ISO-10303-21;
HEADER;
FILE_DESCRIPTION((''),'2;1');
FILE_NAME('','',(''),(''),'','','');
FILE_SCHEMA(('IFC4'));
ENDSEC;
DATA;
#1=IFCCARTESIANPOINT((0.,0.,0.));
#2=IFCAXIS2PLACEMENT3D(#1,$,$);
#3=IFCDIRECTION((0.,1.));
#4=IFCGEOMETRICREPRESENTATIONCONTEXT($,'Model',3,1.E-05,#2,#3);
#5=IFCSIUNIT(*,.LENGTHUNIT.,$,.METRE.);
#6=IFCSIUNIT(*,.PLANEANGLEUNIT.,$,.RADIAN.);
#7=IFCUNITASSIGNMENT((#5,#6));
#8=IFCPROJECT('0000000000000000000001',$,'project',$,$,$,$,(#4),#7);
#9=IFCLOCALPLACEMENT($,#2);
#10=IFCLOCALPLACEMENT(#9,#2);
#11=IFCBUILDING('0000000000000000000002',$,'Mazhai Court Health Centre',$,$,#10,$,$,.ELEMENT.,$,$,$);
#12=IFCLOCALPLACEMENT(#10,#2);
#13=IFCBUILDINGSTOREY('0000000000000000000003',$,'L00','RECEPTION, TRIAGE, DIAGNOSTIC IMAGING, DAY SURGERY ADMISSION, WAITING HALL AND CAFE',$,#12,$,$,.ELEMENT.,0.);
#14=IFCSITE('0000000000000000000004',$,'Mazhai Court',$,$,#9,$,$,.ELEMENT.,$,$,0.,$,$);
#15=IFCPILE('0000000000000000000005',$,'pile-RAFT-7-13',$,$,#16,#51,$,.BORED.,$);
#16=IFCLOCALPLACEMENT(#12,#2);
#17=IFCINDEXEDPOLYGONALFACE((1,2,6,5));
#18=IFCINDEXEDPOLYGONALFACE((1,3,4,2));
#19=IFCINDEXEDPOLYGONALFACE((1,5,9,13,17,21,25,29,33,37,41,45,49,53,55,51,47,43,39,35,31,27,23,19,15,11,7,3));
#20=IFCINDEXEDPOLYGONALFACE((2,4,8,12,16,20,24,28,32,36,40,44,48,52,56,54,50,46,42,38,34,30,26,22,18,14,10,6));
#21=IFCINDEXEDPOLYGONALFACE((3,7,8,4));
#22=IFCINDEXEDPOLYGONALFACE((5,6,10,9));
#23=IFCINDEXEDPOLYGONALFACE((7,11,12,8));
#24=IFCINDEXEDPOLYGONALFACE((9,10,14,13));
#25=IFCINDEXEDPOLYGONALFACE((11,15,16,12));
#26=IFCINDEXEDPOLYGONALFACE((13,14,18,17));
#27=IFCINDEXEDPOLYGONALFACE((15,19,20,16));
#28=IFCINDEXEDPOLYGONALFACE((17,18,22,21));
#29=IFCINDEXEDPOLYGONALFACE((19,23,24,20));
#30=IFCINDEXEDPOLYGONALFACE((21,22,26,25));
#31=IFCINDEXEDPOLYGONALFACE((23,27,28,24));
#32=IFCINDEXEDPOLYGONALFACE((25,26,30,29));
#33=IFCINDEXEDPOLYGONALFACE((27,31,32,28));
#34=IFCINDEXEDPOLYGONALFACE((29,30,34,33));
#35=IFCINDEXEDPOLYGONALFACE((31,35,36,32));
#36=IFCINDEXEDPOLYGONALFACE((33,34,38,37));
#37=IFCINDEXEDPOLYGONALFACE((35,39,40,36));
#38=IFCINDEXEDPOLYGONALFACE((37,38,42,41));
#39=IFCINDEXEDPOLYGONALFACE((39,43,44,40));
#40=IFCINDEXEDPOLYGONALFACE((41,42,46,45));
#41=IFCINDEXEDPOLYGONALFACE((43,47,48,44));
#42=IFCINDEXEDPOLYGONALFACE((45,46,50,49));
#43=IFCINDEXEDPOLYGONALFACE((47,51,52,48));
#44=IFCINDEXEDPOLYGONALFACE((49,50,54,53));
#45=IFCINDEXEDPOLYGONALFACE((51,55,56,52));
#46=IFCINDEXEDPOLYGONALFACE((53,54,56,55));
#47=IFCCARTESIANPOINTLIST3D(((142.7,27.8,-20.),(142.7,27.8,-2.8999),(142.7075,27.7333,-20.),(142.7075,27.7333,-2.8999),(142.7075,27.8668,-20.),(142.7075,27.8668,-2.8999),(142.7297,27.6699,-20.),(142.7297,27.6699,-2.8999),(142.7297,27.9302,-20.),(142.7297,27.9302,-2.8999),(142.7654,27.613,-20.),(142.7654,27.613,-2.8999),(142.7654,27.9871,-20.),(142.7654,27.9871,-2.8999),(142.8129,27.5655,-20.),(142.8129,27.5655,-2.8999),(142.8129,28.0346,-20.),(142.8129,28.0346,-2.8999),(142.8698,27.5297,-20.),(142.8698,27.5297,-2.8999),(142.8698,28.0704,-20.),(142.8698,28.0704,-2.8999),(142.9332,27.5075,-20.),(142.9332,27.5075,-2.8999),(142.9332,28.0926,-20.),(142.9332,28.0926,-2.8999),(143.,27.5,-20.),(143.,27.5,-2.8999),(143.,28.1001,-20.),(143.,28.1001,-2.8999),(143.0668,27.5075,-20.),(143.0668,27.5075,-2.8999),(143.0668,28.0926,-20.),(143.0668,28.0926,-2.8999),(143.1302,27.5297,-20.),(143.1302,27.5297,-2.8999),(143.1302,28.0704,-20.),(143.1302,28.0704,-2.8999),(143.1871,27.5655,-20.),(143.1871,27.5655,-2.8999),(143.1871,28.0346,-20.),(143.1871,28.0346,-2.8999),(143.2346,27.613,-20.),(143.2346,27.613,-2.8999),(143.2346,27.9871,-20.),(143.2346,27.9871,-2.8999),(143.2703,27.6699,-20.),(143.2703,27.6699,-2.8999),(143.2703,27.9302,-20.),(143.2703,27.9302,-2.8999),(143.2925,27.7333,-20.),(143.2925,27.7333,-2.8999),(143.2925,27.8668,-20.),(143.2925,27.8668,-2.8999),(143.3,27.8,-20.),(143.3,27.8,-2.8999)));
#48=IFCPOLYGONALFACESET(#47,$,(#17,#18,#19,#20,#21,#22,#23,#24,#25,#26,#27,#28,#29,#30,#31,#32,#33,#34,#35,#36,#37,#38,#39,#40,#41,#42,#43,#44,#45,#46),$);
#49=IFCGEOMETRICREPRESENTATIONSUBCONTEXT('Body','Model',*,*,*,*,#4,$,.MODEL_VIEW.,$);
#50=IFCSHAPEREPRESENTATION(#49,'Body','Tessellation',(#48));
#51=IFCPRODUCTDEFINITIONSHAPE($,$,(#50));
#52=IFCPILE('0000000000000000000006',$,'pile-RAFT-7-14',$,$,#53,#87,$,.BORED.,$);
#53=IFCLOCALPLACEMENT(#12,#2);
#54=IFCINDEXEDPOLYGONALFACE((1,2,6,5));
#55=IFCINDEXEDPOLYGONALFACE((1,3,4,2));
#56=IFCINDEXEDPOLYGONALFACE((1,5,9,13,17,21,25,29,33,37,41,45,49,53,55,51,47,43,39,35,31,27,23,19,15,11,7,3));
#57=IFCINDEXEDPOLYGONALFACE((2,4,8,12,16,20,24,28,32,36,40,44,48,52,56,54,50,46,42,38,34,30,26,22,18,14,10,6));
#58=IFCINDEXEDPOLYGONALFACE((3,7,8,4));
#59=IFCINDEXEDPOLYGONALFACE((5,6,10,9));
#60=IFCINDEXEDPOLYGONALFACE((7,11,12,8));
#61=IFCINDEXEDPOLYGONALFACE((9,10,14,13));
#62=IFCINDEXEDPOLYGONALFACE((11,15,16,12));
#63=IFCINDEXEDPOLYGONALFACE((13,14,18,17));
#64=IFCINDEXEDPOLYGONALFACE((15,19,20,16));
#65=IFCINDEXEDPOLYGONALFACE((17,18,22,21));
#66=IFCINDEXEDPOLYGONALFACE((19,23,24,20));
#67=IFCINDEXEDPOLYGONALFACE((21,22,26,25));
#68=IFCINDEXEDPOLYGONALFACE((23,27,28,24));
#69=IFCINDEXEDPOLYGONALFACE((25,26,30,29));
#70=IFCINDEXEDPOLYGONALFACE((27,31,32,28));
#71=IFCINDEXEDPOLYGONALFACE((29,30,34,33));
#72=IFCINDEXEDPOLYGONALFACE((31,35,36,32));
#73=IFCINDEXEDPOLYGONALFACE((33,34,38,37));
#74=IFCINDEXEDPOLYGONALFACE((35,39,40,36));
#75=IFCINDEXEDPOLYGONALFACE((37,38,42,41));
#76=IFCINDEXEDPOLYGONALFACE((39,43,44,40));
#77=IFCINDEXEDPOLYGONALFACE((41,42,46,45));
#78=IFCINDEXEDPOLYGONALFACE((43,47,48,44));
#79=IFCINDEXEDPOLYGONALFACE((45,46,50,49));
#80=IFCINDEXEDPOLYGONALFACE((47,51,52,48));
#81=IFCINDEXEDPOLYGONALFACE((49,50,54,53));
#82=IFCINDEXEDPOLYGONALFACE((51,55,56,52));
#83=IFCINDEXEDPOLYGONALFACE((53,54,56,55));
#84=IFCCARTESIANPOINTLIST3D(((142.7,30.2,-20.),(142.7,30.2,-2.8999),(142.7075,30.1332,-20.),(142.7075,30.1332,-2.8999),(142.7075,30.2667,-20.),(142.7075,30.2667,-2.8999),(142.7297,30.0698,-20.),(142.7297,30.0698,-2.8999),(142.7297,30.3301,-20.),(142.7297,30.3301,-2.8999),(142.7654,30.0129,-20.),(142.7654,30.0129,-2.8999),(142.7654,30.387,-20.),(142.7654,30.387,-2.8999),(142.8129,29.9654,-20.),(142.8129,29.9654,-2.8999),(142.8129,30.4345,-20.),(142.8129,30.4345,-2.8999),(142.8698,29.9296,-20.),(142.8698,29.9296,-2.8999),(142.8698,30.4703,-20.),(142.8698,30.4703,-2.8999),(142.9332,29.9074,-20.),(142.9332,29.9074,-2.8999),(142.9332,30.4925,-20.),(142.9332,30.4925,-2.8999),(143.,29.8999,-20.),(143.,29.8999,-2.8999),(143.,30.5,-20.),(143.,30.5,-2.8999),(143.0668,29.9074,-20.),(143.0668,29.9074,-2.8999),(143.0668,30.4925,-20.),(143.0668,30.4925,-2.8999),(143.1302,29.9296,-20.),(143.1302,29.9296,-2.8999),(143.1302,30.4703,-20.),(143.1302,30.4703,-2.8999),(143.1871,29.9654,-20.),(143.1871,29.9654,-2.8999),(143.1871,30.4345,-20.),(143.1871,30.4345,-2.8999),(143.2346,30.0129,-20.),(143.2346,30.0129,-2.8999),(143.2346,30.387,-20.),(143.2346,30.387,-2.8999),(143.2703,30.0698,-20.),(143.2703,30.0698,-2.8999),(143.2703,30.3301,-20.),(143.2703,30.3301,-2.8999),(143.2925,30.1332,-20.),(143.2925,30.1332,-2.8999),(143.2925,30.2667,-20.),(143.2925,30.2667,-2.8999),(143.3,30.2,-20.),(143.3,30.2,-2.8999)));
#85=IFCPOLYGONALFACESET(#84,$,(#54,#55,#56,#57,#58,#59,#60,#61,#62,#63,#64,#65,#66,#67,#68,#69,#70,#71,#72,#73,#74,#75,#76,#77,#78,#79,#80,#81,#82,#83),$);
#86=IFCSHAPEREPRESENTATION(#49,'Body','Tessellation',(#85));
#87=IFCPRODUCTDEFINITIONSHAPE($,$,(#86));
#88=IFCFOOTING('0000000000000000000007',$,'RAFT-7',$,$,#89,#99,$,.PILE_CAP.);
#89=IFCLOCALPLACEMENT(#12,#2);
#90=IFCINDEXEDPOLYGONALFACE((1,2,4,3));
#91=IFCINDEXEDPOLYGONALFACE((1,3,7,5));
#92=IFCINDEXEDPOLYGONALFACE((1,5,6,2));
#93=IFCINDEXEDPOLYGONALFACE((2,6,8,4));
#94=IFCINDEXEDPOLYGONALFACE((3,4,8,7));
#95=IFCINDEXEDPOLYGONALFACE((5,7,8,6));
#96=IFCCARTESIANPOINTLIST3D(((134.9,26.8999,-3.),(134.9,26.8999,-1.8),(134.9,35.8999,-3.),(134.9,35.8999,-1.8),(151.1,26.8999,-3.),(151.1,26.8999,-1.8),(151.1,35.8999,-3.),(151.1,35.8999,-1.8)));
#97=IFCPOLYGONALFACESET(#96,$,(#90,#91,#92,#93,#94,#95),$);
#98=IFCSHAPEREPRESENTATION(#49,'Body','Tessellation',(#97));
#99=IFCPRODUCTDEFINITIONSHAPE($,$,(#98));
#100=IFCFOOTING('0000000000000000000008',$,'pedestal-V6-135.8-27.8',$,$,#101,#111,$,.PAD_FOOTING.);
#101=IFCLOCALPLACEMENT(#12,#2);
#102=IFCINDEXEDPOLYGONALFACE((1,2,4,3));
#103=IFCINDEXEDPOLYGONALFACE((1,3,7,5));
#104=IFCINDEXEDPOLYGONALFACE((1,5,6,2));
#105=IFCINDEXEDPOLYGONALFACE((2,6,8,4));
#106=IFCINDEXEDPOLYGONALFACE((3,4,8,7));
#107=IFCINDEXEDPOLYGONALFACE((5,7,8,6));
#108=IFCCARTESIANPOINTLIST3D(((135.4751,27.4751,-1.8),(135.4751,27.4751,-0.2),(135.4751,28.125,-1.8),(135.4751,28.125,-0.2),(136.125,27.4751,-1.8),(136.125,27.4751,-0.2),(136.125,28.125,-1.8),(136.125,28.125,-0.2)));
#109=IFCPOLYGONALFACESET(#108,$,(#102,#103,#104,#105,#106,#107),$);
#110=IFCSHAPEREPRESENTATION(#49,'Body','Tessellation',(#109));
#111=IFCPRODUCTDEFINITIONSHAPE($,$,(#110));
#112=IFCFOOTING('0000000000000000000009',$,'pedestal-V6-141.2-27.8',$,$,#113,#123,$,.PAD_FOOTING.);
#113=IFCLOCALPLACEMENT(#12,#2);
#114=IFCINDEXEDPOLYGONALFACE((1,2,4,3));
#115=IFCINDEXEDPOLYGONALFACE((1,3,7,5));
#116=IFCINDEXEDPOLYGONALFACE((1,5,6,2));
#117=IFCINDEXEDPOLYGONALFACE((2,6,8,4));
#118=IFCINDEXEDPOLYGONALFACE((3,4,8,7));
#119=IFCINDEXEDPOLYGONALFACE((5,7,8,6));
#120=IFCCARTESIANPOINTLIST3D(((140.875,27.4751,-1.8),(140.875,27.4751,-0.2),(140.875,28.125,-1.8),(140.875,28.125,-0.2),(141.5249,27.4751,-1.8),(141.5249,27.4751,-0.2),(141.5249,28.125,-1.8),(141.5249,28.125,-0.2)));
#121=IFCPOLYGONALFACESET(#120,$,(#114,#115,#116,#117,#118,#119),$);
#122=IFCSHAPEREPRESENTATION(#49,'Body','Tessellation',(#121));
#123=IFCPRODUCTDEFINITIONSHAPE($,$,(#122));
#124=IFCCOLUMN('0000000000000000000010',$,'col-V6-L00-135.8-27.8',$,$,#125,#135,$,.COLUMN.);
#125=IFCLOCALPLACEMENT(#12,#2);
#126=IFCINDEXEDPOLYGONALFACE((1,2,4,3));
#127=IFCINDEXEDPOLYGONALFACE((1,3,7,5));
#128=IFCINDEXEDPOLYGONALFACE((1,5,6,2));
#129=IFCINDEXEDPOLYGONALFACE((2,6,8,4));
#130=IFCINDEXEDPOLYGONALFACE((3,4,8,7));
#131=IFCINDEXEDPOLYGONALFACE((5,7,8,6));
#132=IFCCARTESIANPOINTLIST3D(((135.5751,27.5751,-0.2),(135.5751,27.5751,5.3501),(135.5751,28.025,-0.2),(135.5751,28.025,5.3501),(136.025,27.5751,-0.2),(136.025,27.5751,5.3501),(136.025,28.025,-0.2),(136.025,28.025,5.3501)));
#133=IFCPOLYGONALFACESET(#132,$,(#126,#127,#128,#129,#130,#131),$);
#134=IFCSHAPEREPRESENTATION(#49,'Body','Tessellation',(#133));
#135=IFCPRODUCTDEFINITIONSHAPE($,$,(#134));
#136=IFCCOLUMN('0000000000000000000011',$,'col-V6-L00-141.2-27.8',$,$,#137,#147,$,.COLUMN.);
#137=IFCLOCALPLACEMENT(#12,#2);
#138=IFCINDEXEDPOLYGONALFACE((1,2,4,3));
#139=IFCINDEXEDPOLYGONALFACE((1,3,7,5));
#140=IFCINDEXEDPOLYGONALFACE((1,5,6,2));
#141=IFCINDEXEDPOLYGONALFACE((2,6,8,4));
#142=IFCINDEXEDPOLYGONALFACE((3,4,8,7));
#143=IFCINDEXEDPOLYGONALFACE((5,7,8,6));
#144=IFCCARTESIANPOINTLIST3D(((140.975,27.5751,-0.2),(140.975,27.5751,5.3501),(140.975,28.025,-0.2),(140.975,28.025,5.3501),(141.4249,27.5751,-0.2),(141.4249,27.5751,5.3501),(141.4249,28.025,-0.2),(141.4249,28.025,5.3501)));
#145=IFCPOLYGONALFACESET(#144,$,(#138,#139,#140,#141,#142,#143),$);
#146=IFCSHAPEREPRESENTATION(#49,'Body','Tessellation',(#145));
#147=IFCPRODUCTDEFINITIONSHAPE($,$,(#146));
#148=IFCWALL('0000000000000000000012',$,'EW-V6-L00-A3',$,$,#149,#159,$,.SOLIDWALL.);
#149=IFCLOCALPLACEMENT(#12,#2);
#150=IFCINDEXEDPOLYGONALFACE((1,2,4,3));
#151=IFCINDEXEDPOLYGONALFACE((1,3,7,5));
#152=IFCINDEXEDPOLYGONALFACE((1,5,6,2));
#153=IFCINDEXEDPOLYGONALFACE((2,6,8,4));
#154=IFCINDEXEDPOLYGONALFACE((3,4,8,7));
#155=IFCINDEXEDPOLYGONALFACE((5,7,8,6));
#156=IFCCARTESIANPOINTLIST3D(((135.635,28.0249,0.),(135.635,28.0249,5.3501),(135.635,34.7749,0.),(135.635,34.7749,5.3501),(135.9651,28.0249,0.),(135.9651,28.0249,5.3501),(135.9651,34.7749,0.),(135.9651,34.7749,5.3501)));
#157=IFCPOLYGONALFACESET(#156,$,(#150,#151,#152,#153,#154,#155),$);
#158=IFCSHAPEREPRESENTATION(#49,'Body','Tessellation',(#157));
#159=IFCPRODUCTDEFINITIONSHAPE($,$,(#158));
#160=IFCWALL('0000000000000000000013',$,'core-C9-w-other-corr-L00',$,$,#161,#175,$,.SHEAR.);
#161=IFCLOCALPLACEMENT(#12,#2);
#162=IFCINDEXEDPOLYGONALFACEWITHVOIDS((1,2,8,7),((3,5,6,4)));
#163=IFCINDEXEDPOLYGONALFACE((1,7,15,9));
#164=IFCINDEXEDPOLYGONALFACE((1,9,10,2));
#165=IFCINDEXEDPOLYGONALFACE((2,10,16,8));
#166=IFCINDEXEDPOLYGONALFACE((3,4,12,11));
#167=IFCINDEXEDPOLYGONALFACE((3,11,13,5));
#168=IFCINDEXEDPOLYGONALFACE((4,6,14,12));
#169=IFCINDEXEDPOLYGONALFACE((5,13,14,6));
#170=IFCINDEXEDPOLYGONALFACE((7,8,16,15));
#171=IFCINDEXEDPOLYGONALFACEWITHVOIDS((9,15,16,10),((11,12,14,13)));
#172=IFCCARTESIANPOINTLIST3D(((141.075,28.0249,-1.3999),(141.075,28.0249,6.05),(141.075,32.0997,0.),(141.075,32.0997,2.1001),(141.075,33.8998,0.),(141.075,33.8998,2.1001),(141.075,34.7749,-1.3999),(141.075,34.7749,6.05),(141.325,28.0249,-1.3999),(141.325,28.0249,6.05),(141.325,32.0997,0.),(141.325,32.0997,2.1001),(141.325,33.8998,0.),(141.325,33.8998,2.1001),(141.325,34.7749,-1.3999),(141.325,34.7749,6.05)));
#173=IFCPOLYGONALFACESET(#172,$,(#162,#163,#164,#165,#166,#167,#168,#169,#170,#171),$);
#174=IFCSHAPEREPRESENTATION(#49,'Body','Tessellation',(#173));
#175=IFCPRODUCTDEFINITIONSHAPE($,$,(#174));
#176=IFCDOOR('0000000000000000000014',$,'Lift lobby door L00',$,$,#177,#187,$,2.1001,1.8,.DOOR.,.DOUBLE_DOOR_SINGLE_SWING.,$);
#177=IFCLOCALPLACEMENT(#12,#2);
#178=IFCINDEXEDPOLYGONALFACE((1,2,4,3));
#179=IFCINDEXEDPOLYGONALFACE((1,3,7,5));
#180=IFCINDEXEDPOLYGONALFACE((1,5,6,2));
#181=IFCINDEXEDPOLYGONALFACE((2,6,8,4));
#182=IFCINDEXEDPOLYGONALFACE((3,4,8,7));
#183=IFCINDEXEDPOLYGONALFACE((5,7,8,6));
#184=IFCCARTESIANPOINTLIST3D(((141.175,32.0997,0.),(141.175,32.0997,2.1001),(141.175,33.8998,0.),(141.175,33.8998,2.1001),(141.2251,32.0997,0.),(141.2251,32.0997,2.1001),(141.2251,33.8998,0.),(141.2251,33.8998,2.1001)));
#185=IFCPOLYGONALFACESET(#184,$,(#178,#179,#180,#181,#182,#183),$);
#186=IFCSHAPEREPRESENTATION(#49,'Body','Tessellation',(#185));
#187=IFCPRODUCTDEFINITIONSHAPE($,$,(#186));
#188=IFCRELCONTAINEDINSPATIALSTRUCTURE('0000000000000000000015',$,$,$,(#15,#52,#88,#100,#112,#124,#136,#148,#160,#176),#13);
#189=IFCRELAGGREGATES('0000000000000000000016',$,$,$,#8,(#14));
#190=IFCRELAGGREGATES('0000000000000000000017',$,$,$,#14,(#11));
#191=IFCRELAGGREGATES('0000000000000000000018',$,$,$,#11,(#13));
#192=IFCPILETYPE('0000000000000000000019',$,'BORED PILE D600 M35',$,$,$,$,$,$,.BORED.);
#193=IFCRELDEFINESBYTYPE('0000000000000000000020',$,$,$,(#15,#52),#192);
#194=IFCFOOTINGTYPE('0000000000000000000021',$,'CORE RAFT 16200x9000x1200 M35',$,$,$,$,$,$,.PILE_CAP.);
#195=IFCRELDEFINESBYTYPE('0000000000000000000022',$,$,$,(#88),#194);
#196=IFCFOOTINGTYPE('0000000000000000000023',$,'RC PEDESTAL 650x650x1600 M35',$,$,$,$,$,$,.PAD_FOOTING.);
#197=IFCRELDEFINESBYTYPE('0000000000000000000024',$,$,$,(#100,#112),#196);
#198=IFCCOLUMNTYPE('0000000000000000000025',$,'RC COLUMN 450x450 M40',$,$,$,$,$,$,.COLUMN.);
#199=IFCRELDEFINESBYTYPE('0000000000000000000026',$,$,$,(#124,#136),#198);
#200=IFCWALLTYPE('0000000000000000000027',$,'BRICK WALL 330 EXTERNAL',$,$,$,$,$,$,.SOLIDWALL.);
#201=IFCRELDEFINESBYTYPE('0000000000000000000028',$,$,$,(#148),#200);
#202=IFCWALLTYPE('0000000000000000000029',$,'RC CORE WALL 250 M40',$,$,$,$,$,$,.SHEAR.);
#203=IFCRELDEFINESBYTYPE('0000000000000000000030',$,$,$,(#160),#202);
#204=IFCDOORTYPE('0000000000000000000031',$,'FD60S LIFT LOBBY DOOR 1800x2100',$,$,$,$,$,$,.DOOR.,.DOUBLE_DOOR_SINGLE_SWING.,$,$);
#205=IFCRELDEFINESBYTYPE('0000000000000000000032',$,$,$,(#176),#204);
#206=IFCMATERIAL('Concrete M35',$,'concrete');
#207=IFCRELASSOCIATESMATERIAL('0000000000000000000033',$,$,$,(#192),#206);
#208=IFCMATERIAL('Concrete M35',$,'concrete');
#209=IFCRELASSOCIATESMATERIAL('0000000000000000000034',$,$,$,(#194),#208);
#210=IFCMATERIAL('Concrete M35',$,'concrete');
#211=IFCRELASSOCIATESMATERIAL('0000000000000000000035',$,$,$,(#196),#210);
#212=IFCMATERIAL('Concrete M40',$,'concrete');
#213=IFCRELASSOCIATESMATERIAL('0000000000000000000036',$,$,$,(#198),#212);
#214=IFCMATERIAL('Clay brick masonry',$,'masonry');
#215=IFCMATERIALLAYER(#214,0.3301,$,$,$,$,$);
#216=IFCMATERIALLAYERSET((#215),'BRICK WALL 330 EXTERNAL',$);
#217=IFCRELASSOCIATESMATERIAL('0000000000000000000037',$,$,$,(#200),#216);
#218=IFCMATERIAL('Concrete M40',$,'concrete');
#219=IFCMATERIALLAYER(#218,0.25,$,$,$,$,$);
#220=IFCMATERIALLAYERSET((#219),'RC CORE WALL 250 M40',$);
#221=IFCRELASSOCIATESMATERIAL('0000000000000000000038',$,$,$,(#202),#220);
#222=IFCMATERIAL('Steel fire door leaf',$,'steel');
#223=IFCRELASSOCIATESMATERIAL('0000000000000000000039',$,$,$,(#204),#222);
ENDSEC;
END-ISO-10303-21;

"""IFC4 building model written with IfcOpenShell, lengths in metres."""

from ifc_helpers import new_model, si_unit, direction, frame, frame_2d, origin, origin_2d, place, context, subcontext, project, spatial, rectangle, circle, extrude, material, layer, layer_set, material_profile, profile_set, type_object, element, fill, save


model = new_model("IFC4")

# Units and contexts
model_context = context("Model", 3, precision=1e-05, world=origin(), true_north=direction((0.0, 1.0)))
body_context = subcontext(model_context, "Body", "Model", "MODEL_VIEW")
ifc_project = project(units=[si_unit("LENGTHUNIT", "METRE"), si_unit("PLANEANGLEUNIT", "RADIAN")], contexts=[model_context])

# Site, building, storey
site_placement = place(None, origin())
site = spatial("IfcSite", under=ifc_project, at=site_placement, Name="Mazhai Court", CompositionType="ELEMENT", RefElevation=0.0)
building_placement = place(site_placement, origin())
building = spatial("IfcBuilding", under=site, at=building_placement, Name="Mazhai Court Health Centre", CompositionType="ELEMENT")
storey_placement = place(building_placement, origin())
storey = spatial("IfcBuildingStorey", under=building, at=storey_placement, Name="L00", Description="RECEPTION, TRIAGE, DIAGNOSTIC IMAGING, DAY SURGERY ADMISSION, WAITING HALL AND CAFE", CompositionType="ELEMENT", Elevation=0.0)

# Piles
ifc_material_1 = material(Name="Concrete M35", Category="concrete")
ifc_material_profile_1 = material_profile(ifc_material_1, circle(Radius=0.3, at=origin_2d()), Name="RC PILE D600")
ifc_profile_set_1 = profile_set([ifc_material_profile_1], Name="Concrete M35")
pile_type = type_object("IfcPileType", Name="BORED PILE D600 M35", PredefinedType="BORED", material=ifc_profile_set_1)
for number, where, z_axis, x_axis, name in (
    (1, (143.0, 27.8, -2.8999), (0.0, 0.0, -1.0), (1.0, 0.0, 0.0), "pile-RAFT-7-13"),
    (2, (143.0, 30.2, -2.8999), (0.0, 0.0, -1.0), (1.0, 0.0, 0.0), "pile-RAFT-7-14"),
):
    element("IfcPile", number, at=place(storey_placement, frame(where, z_axis=z_axis, x_axis=x_axis)), inside=storey, type_object=pile_type, Name=name, PredefinedType="BORED", context=body_context, shape_type="SweptSolid", body=[
        extrude(circle(Radius=0.3, at=origin_2d()), origin(), (0.0, 0.0, 1.0), 17.1001),
    ])

# Footings
ifc_material_2 = material(Name="Concrete M35", Category="concrete")
footing_type_1 = type_object("IfcFootingType", Name="CORE RAFT 16200x9000x1200 M35", PredefinedType="PILE_CAP", material=ifc_material_2)
footing_placement = place(storey_placement, frame((143.0, 31.3999, -3.0), z_axis=(0.0, 0.0, 1.0), x_axis=(1.0, 0.0, 0.0)))
element("IfcFooting", 3, at=footing_placement, inside=storey, type_object=footing_type_1, Name="RAFT-7", PredefinedType="PILE_CAP", context=body_context, shape_type="SweptSolid", body=[
    extrude(rectangle(XDim=16.2, YDim=9.0, at=origin_2d()), origin(), (0.0, 0.0, 1.0), 1.2),
])
ifc_material_3 = material(Name="Concrete M35", Category="concrete")
footing_type_2 = type_object("IfcFootingType", Name="RC PEDESTAL 650x650x1600 M35", PredefinedType="PAD_FOOTING", material=ifc_material_3)
for number, where, z_axis, x_axis, name in (
    (4, (135.8, 27.8, -1.8), (0.0, 0.0, 1.0), (1.0, 0.0, 0.0), "pedestal-V6-135.8-27.8"),
    (5, (141.2, 27.8, -1.8), (0.0, 0.0, 1.0), (1.0, 0.0, 0.0), "pedestal-V6-141.2-27.8"),
):
    element("IfcFooting", number, at=place(storey_placement, frame(where, z_axis=z_axis, x_axis=x_axis)), inside=storey, type_object=footing_type_2, Name=name, PredefinedType="PAD_FOOTING", context=body_context, shape_type="SweptSolid", body=[
        extrude(rectangle(XDim=0.6499, YDim=0.6499, at=origin_2d()), origin(), (0.0, 0.0, 1.0), 1.6001),
    ])

# Columns
ifc_material_4 = material(Name="Concrete M40", Category="concrete")
ifc_material_profile_2 = material_profile(ifc_material_4, rectangle(XDim=0.45, YDim=0.45, at=origin_2d()), Name="RC 450x450")
ifc_profile_set_2 = profile_set([ifc_material_profile_2], Name="Concrete M40")
column_type = type_object("IfcColumnType", Name="RC COLUMN 450x450 M40", PredefinedType="COLUMN", material=ifc_profile_set_2)
for number, where, z_axis, x_axis, name in (
    (6, (135.8, 27.8, -0.2), (0.0, 0.0, 1.0), (1.0, 0.0, 0.0), "col-V6-L00-135.8-27.8"),
    (7, (141.2, 27.8, -0.2), (0.0, 0.0, 1.0), (1.0, 0.0, 0.0), "col-V6-L00-141.2-27.8"),
):
    element("IfcColumn", number, at=place(storey_placement, frame(where, z_axis=z_axis, x_axis=x_axis)), inside=storey, type_object=column_type, Name=name, PredefinedType="COLUMN", context=body_context, shape_type="SweptSolid", body=[
        extrude(rectangle(XDim=0.45, YDim=0.45, at=origin_2d()), origin(), (0.0, 0.0, 1.0), 5.55),
    ])

# Wall
ifc_material_5 = material(Name="Clay brick masonry", Category="masonry")
ifc_layer_1 = layer(ifc_material_5, 0.3301)
ifc_layer_set_1 = layer_set([ifc_layer_1], Name="BRICK WALL 330 EXTERNAL")
wall_type_1 = type_object("IfcWallType", Name="BRICK WALL 330 EXTERNAL", PredefinedType="SOLIDWALL", material=ifc_layer_set_1)
wall_1_placement = place(storey_placement, frame((135.8, 28.0249, 0.0), z_axis=(0.0, 0.0, 1.0), x_axis=(0.0, 1.0, 0.0)))
element("IfcWall", 8, at=wall_1_placement, inside=storey, type_object=wall_type_1, Name="EW-V6-L00-A3", PredefinedType="SOLIDWALL", context=body_context, shape_type="SweptSolid", body=[
    extrude(rectangle(XDim=6.75, YDim=0.3301, at=frame_2d((3.375, 0.0))), origin(), (0.0, 0.0, 1.0), 5.3501),
])

# Wall, opening, door
ifc_material_6 = material(Name="Concrete M40", Category="concrete")
ifc_layer_2 = layer(ifc_material_6, 0.25)
ifc_layer_set_2 = layer_set([ifc_layer_2], Name="RC CORE WALL 250 M40")
wall_type_2 = type_object("IfcWallType", Name="RC CORE WALL 250 M40", PredefinedType="SHEAR", material=ifc_layer_set_2)
wall_2_placement = place(storey_placement, frame((141.2, 28.0249, -1.3999), z_axis=(0.0, 0.0, 1.0), x_axis=(0.0, 1.0, 0.0)))
wall_2 = element("IfcWall", 9, at=wall_2_placement, inside=storey, type_object=wall_type_2, Name="core-C9-w-other-corr-L00", PredefinedType="SHEAR", context=body_context, shape_type="SweptSolid", body=[
    extrude(rectangle(XDim=6.75, YDim=0.25, at=frame_2d((3.375, 0.0))), origin(), (0.0, 0.0, 1.0), 7.45),
])
opening_1_placement = place(wall_2_placement, frame((4.075, 0.0, 1.3999)))
opening_1 = element("IfcOpeningElement", 10, at=opening_1_placement, cuts=wall_2, PredefinedType="OPENING", context=body_context, shape_type="SweptSolid", body=[
    extrude(rectangle(XDim=1.8, YDim=2.1001, at=frame_2d((0.8999, 1.05))), frame((0.0, 0.135, 0.0), z_axis=(0.0, -1.0, 0.0), x_axis=(1.0, 0.0, 0.0)), (0.0, 0.0, 1.0), 0.27),
])
ifc_material_7 = material(Name="Steel fire door leaf", Category="steel")
door_type_1 = type_object("IfcDoorType", Name="FD60S LIFT LOBBY DOOR 1800x2100", OperationType="DOUBLE_DOOR_SINGLE_SWING", PredefinedType="DOOR", material=ifc_material_7)
door_1_placement = place(opening_1_placement, origin())
door_1 = element("IfcDoor", 11, at=door_1_placement, inside=storey, type_object=door_type_1, Name="Lift lobby door L00", OperationType="DOUBLE_DOOR_SINGLE_SWING", OverallHeight=2.1001, OverallWidth=1.8, PredefinedType="DOOR", context=body_context, shape_type="SweptSolid", body=[
    extrude(rectangle(XDim=1.8, YDim=2.1001, at=frame_2d((0.8999, 1.05))), frame((0.0, 0.0249, 0.0), z_axis=(0.0, -1.0, 0.0), x_axis=(1.0, 0.0, 0.0)), (0.0, 0.0, 1.0), 0.05),
])
fill(opening_1, door_1)

save(model, "model.ifc")
